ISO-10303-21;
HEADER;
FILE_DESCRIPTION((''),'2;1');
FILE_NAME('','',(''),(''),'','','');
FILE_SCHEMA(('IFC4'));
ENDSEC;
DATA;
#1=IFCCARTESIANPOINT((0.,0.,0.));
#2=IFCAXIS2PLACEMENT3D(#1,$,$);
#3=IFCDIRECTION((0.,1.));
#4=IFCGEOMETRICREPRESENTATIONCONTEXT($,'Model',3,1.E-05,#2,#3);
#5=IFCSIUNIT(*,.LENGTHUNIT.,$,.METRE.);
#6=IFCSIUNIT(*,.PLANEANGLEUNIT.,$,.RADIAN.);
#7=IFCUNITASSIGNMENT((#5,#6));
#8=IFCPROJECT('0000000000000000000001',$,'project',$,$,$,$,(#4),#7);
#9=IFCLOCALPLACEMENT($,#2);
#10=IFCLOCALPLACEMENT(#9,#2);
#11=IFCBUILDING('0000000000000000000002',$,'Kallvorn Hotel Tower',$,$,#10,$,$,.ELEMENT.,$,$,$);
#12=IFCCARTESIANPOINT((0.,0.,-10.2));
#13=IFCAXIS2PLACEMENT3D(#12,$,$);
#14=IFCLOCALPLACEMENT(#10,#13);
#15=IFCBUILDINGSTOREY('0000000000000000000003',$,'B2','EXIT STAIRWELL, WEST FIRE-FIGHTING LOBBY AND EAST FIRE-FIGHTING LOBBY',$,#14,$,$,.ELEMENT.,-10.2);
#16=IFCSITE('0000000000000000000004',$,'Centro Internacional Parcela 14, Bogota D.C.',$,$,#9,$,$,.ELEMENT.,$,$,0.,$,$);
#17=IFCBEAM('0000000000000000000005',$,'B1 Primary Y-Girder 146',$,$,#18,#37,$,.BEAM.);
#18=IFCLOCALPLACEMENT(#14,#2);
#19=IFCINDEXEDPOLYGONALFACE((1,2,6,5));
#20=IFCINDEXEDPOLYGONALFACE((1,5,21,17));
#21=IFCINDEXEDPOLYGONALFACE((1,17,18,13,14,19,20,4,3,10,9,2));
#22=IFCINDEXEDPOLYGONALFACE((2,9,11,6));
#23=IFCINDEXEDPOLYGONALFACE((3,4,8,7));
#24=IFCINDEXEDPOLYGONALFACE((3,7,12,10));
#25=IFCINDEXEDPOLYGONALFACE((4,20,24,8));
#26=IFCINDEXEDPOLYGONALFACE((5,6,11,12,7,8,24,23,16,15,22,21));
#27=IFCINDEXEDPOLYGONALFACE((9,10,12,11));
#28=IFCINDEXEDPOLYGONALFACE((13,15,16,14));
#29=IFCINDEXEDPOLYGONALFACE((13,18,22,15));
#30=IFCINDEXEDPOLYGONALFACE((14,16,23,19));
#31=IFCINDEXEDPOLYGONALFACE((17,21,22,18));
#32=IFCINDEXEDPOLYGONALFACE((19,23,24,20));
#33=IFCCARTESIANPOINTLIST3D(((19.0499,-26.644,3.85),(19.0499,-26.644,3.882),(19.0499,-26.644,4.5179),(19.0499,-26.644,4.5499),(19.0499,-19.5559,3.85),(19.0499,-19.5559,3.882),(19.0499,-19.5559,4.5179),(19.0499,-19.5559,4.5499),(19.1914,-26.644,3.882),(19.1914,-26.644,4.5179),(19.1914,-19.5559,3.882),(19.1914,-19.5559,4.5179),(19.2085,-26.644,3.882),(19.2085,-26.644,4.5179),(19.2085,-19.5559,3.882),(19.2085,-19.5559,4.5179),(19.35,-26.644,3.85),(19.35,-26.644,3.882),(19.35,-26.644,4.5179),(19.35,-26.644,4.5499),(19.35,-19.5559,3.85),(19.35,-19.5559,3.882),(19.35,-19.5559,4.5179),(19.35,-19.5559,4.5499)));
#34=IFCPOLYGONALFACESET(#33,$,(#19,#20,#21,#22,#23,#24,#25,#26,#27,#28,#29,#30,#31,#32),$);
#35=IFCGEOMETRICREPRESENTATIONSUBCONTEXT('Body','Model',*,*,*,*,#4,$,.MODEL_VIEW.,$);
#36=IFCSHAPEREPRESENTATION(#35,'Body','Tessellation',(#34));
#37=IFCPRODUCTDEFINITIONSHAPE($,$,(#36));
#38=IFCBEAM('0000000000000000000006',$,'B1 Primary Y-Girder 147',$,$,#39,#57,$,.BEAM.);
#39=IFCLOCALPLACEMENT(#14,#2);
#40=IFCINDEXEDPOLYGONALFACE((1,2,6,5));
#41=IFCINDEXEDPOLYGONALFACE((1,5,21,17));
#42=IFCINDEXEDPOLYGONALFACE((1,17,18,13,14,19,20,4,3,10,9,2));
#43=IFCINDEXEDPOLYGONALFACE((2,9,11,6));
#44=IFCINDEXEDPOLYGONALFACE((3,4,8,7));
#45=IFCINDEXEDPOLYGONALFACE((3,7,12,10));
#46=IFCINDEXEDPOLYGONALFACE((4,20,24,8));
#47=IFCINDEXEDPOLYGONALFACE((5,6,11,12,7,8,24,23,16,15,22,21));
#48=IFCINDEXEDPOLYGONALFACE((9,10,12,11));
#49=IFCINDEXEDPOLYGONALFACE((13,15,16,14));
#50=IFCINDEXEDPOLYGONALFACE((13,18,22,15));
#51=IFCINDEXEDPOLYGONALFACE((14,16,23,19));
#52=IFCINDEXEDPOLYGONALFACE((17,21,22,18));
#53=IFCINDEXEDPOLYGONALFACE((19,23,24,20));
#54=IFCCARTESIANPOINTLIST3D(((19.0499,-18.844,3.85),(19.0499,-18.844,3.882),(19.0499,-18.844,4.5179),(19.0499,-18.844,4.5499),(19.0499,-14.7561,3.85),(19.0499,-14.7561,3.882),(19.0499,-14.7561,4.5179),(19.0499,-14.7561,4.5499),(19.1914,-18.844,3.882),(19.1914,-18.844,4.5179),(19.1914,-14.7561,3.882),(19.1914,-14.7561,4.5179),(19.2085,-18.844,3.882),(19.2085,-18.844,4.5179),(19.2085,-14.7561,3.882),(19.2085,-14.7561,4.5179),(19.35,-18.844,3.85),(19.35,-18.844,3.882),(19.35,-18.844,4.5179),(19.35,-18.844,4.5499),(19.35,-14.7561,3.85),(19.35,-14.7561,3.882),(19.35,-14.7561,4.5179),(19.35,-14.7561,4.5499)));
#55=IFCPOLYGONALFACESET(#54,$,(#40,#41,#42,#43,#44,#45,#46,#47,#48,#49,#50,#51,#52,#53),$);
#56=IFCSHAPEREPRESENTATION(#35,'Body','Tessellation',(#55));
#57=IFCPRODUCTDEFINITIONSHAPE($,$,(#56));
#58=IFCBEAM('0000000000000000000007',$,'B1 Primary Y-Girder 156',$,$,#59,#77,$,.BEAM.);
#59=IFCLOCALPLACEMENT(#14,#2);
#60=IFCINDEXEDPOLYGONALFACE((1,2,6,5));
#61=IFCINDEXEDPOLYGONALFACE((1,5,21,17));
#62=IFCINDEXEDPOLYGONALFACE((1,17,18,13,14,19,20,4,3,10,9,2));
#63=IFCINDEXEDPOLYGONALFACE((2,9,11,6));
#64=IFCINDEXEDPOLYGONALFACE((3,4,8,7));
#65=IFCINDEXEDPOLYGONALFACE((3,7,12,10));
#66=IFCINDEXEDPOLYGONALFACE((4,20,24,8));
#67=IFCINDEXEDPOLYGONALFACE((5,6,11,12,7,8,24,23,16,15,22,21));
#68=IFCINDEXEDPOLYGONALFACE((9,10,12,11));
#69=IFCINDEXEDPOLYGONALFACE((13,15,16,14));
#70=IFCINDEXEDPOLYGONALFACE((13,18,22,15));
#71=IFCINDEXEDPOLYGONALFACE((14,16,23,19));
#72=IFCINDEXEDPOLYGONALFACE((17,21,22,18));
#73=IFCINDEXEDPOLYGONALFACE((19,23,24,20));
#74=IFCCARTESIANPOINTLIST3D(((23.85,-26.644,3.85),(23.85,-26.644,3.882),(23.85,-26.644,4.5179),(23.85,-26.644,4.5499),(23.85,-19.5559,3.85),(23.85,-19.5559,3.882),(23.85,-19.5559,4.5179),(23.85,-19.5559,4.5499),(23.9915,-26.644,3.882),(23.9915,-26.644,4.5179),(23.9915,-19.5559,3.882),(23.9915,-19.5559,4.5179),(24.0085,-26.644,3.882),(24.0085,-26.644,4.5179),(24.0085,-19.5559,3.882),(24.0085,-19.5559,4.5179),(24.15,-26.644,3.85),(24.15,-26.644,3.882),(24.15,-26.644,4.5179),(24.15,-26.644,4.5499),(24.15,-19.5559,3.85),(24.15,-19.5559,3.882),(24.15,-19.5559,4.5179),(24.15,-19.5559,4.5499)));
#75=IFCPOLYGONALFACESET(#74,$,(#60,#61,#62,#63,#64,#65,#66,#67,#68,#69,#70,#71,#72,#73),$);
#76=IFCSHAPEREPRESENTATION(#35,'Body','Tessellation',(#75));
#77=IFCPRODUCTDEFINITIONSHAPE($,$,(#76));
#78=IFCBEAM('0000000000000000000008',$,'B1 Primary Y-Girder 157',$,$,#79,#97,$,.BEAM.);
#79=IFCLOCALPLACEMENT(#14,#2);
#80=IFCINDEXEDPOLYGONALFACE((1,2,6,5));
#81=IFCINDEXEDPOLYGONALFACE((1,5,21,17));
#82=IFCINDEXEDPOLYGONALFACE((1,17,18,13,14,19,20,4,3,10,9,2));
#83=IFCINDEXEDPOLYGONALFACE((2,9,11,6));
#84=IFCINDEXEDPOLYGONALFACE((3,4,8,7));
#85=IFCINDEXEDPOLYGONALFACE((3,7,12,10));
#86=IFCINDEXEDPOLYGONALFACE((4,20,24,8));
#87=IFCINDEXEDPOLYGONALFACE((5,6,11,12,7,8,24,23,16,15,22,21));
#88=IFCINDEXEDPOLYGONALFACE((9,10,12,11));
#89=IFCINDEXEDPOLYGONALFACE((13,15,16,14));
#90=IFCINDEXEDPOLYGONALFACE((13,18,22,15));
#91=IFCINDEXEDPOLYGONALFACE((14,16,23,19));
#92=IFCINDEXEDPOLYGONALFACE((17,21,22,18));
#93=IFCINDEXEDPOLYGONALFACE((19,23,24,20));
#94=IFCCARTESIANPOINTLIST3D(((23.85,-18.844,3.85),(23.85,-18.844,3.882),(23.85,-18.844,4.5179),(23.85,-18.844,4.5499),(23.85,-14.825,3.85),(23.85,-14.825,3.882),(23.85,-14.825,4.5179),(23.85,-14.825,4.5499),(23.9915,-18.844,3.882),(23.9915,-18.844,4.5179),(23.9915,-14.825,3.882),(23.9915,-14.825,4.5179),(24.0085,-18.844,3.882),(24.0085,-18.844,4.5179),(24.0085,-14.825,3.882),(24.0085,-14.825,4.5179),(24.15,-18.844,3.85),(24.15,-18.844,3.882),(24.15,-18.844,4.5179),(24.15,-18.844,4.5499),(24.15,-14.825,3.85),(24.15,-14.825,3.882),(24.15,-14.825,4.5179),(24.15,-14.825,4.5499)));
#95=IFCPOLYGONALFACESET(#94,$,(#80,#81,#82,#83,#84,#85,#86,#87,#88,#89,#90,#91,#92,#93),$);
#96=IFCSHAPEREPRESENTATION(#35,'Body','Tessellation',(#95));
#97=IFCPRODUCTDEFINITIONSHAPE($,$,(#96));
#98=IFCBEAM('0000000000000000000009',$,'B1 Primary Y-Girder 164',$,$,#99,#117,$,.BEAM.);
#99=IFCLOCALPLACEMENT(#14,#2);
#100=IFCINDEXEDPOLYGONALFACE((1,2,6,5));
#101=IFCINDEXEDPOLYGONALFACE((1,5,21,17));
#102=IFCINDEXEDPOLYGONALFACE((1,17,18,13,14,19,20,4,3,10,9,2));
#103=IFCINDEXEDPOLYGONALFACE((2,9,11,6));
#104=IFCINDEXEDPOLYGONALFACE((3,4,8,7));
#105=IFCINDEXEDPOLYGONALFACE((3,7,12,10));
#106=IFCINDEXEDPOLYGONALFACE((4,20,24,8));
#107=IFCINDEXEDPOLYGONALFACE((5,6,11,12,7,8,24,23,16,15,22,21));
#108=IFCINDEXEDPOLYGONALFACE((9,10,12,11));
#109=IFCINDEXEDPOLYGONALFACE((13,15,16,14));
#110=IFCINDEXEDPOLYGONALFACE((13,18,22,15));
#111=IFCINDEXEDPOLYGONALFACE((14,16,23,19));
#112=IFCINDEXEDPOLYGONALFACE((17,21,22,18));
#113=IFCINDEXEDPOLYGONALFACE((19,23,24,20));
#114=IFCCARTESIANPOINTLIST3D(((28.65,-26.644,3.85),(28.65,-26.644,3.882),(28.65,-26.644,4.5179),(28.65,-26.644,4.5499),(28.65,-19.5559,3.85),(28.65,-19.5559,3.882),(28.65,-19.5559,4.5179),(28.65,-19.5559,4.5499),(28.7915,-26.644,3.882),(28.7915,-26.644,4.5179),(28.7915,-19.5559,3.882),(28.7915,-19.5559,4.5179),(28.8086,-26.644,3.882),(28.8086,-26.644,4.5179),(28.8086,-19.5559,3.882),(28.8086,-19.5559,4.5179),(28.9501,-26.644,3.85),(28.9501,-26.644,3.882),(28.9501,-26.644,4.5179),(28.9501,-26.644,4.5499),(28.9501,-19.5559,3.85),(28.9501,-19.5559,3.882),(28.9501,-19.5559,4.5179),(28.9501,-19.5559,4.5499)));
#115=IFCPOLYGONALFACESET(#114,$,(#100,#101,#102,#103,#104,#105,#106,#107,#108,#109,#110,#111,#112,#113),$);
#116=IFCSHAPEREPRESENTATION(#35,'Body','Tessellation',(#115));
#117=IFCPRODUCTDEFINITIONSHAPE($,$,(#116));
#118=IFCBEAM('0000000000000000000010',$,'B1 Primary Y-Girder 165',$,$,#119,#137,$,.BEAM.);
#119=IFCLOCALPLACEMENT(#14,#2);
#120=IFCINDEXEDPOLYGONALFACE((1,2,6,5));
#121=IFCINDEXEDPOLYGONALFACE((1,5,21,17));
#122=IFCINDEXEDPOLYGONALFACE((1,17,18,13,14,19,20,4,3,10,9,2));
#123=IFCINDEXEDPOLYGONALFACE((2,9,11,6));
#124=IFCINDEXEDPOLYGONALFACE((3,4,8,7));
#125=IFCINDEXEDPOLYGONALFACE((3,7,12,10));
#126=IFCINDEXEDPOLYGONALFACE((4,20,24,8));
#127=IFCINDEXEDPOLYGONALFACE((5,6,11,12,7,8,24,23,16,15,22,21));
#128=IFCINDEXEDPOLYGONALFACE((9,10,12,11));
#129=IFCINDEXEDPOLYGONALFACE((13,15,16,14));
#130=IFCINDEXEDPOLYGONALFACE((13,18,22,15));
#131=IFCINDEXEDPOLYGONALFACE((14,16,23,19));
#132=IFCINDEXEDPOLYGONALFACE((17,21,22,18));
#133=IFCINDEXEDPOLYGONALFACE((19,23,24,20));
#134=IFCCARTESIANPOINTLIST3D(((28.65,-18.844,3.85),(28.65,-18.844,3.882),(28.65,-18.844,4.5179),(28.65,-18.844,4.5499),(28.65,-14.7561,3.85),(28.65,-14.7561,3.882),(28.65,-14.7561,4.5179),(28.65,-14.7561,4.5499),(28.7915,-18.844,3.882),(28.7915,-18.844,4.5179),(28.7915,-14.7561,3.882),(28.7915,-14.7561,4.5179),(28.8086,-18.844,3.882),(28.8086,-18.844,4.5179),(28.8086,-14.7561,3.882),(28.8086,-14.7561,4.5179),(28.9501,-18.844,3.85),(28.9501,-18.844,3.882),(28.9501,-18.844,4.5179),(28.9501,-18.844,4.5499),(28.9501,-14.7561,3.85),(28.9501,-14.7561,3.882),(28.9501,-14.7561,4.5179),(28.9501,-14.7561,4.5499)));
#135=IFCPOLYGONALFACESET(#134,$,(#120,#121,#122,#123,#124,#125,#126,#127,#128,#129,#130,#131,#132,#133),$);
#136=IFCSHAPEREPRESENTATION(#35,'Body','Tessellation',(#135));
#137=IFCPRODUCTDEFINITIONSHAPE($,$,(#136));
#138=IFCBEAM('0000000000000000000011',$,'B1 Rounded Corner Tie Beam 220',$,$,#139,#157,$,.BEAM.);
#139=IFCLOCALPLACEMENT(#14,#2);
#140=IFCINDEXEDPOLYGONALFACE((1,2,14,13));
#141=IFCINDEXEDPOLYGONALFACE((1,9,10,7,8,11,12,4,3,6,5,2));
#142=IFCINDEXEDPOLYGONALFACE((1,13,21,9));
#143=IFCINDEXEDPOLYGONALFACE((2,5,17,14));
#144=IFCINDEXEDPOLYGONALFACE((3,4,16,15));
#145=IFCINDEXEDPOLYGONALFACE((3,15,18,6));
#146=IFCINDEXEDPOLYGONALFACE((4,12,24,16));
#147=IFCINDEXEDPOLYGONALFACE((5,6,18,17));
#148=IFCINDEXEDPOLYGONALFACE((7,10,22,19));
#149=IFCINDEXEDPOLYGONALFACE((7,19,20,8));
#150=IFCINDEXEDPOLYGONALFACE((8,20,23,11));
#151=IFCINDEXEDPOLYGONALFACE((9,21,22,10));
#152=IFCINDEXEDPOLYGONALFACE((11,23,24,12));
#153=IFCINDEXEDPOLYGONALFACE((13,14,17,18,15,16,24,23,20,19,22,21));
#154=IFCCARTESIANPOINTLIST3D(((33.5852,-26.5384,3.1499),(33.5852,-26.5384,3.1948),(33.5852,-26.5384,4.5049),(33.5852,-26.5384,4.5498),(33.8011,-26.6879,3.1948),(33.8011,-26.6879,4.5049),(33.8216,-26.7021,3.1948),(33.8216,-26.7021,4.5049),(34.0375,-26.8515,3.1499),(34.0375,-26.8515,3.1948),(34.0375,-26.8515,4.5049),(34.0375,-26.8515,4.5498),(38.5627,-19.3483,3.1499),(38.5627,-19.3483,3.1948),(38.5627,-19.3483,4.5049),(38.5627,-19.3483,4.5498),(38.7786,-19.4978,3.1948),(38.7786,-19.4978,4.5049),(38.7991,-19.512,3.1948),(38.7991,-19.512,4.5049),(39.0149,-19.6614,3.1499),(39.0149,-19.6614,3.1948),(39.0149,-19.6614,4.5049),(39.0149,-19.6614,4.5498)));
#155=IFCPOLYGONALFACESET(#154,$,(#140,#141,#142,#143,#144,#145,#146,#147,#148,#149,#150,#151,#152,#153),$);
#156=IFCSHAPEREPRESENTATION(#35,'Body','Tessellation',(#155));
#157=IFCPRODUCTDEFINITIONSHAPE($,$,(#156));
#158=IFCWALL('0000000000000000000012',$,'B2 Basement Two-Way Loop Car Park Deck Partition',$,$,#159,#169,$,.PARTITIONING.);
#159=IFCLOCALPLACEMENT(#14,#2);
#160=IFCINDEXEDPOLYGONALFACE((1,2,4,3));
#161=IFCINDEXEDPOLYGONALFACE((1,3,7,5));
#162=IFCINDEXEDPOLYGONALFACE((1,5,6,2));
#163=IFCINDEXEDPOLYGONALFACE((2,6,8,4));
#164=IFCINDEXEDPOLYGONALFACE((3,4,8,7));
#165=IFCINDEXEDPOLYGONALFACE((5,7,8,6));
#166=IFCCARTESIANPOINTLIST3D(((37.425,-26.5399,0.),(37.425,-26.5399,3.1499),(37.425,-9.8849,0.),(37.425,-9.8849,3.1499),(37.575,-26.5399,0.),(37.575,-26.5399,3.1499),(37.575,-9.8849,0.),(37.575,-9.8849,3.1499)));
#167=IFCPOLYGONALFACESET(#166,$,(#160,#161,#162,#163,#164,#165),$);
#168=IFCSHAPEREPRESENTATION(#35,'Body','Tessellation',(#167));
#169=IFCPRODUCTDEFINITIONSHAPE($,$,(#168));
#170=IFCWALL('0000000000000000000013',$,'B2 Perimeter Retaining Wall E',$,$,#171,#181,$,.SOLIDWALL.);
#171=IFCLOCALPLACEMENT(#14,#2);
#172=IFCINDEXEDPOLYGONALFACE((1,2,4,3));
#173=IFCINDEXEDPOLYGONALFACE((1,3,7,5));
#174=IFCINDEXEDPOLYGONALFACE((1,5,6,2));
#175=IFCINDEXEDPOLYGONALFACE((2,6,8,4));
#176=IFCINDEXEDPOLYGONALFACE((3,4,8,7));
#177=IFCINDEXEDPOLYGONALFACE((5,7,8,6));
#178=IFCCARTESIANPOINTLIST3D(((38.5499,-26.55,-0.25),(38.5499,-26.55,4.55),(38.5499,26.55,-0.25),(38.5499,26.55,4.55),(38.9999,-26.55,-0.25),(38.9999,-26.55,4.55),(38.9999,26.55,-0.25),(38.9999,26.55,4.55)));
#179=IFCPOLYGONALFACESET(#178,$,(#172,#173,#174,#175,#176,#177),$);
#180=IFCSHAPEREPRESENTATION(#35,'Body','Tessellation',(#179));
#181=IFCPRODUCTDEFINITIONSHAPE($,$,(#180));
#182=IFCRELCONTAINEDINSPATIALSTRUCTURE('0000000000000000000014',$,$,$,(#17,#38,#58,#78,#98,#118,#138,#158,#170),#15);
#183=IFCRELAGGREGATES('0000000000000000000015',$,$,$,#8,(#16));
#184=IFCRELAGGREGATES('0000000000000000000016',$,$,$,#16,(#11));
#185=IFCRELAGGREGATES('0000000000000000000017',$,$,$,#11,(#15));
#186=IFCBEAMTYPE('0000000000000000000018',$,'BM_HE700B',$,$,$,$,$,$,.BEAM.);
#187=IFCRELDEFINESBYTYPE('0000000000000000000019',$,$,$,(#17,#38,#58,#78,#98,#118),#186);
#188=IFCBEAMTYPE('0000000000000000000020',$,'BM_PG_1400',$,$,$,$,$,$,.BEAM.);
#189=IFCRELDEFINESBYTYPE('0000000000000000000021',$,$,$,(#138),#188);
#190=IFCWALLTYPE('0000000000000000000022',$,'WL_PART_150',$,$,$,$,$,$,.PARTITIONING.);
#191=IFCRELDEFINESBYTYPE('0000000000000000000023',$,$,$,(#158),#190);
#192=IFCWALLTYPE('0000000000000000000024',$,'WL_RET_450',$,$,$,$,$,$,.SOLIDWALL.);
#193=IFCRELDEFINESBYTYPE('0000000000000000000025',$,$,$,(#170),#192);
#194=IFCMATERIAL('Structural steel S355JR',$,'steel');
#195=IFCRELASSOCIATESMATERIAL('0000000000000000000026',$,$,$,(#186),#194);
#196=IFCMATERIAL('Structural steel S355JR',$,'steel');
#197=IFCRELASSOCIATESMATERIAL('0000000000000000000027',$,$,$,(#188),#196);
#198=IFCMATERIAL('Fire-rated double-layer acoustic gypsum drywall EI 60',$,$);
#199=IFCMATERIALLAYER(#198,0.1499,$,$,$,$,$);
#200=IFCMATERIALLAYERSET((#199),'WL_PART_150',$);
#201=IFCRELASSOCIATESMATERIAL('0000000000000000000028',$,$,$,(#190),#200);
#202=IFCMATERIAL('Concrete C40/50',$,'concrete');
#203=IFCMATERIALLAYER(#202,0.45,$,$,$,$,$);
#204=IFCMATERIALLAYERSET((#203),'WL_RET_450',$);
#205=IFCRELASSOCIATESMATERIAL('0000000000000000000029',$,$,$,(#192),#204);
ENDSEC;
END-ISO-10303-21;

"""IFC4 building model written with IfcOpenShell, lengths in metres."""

from ifc_helpers import new_model, si_unit, direction, frame, frame_2d, origin, origin_2d, place, context, subcontext, project, spatial, rectangle, i_section, extrude, material, layer, layer_set, material_profile, profile_set, type_object, element, save


model = new_model("IFC4")

# Units and contexts
model_context = context("Model", 3, precision=1e-05, world=origin(), true_north=direction((0.0, 1.0)))
body_context = subcontext(model_context, "Body", "Model", "MODEL_VIEW")
ifc_project = project(units=[si_unit("LENGTHUNIT", "METRE"), si_unit("PLANEANGLEUNIT", "RADIAN")], contexts=[model_context])

# Site, building, storey
site_placement = place(None, origin())
site = spatial("IfcSite", under=ifc_project, at=site_placement, Name="Centro Internacional Parcela 14, Bogota D.C.", CompositionType="ELEMENT", RefElevation=0.0)
building_placement = place(site_placement, origin())
building = spatial("IfcBuilding", under=site, at=building_placement, Name="Kallvorn Hotel Tower", CompositionType="ELEMENT")
storey_placement = place(building_placement, frame((0.0, 0.0, -10.2)))
storey = spatial("IfcBuildingStorey", under=building, at=storey_placement, Name="B2", Description="EXIT STAIRWELL, WEST FIRE-FIGHTING LOBBY AND EAST FIRE-FIGHTING LOBBY", CompositionType="ELEMENT", Elevation=-10.2)

# Beams
ifc_material_1 = material(Name="Structural steel S355JR", Category="steel")
ifc_material_profile_1 = material_profile(ifc_material_1, i_section(OverallWidth=0.3, OverallDepth=0.7, WebThickness=0.0171, FlangeThickness=0.032, at=origin_2d()), Name="HE 700 B")
ifc_profile_set_1 = profile_set([ifc_material_profile_1], Name="Structural steel S355JR")
beam_type_1 = type_object("IfcBeamType", Name="BM_HE700B", PredefinedType="BEAM", material=ifc_profile_set_1)
beam_1_placement = place(storey_placement, frame((19.2, -26.644, 4.2), z_axis=(0.0, 1.0, 0.0), x_axis=(-1.0, 0.0, 0.0)))
element("IfcBeam", 1, at=beam_1_placement, inside=storey, type_object=beam_type_1, Name="B1 Primary Y-Girder 146", PredefinedType="BEAM", context=body_context, shape_type="SweptSolid", body=[
    extrude(i_section(OverallWidth=0.3, OverallDepth=0.7, WebThickness=0.0171, FlangeThickness=0.032, at=origin_2d()), origin(), (0.0, 0.0, 1.0), 7.0881),
])
beam_2_placement = place(storey_placement, frame((19.2, -18.844, 4.2), z_axis=(0.0, 1.0, 0.0), x_axis=(-1.0, 0.0, 0.0)))
element("IfcBeam", 2, at=beam_2_placement, inside=storey, type_object=beam_type_1, Name="B1 Primary Y-Girder 147", PredefinedType="BEAM", context=body_context, shape_type="SweptSolid", body=[
    extrude(i_section(OverallWidth=0.3, OverallDepth=0.7, WebThickness=0.0171, FlangeThickness=0.032, at=origin_2d()), origin(), (0.0, 0.0, 1.0), 4.0879),
])
beam_3_placement = place(storey_placement, frame((24.0, -26.644, 4.2), z_axis=(0.0, 1.0, 0.0), x_axis=(-1.0, 0.0, 0.0)))
element("IfcBeam", 3, at=beam_3_placement, inside=storey, type_object=beam_type_1, Name="B1 Primary Y-Girder 156", PredefinedType="BEAM", context=body_context, shape_type="SweptSolid", body=[
    extrude(i_section(OverallWidth=0.3, OverallDepth=0.7, WebThickness=0.0171, FlangeThickness=0.032, at=origin_2d()), origin(), (0.0, 0.0, 1.0), 7.0881),
])
beam_4_placement = place(storey_placement, frame((24.0, -18.844, 4.2), z_axis=(0.0, 1.0, 0.0), x_axis=(-1.0, 0.0, 0.0)))
element("IfcBeam", 4, at=beam_4_placement, inside=storey, type_object=beam_type_1, Name="B1 Primary Y-Girder 157", PredefinedType="BEAM", context=body_context, shape_type="SweptSolid", body=[
    extrude(i_section(OverallWidth=0.3, OverallDepth=0.7, WebThickness=0.0171, FlangeThickness=0.032, at=origin_2d()), origin(), (0.0, 0.0, 1.0), 4.019),
])
beam_5_placement = place(storey_placement, frame((28.8, -26.644, 4.2), z_axis=(0.0, 1.0, 0.0), x_axis=(-1.0, 0.0, 0.0)))
element("IfcBeam", 5, at=beam_5_placement, inside=storey, type_object=beam_type_1, Name="B1 Primary Y-Girder 164", PredefinedType="BEAM", context=body_context, shape_type="SweptSolid", body=[
    extrude(i_section(OverallWidth=0.3, OverallDepth=0.7, WebThickness=0.0171, FlangeThickness=0.032, at=origin_2d()), origin(), (0.0, 0.0, 1.0), 7.0881),
])
beam_6_placement = place(storey_placement, frame((28.8, -18.844, 4.2), z_axis=(0.0, 1.0, 0.0), x_axis=(-1.0, 0.0, 0.0)))
element("IfcBeam", 6, at=beam_6_placement, inside=storey, type_object=beam_type_1, Name="B1 Primary Y-Girder 165", PredefinedType="BEAM", context=body_context, shape_type="SweptSolid", body=[
    extrude(i_section(OverallWidth=0.3, OverallDepth=0.7, WebThickness=0.0171, FlangeThickness=0.032, at=origin_2d()), origin(), (0.0, 0.0, 1.0), 4.0879),
])
ifc_material_2 = material(Name="Structural steel S355JR", Category="steel")
ifc_material_profile_2 = material_profile(ifc_material_2, i_section(OverallWidth=0.55, OverallDepth=1.3999, WebThickness=0.0249, FlangeThickness=0.0449, at=origin_2d()), Name="PG 1400x550x25x45")
ifc_profile_set_2 = profile_set([ifc_material_profile_2], Name="Structural steel S355JR")
beam_type_2 = type_object("IfcBeamType", Name="BM_PG_1400", PredefinedType="BEAM", material=ifc_profile_set_2)
beam_7_placement = place(storey_placement, frame((38.7888, -19.5049, 3.8499), z_axis=(-0.569188, -0.822207, 0.0), x_axis=(0.822207, -0.569188, 0.0)))
element("IfcBeam", 7, at=beam_7_placement, inside=storey, type_object=beam_type_2, Name="B1 Rounded Corner Tie Beam 220", PredefinedType="BEAM", context=body_context, shape_type="SweptSolid", body=[
    extrude(i_section(OverallWidth=0.55, OverallDepth=1.3999, WebThickness=0.0249, FlangeThickness=0.0449, at=origin_2d()), origin(), (0.0, 0.0, 1.0), 8.7449),
])

# Walls
ifc_material_3 = material(Name="Fire-rated double-layer acoustic gypsum drywall EI 60")
ifc_layer_1 = layer(ifc_material_3, 0.1499)
ifc_layer_set_1 = layer_set([ifc_layer_1], Name="WL_PART_150")
wall_type_1 = type_object("IfcWallType", Name="WL_PART_150", PredefinedType="PARTITIONING", material=ifc_layer_set_1)
wall_1_placement = place(storey_placement, frame((37.5, -26.54, 0.0), z_axis=(0.0, 0.0, 1.0), x_axis=(0.0, 1.0, 0.0)))
element("IfcWall", 8, at=wall_1_placement, inside=storey, type_object=wall_type_1, Name="B2 Basement Two-Way Loop Car Park Deck Partition", PredefinedType="PARTITIONING", context=body_context, shape_type="SweptSolid", body=[
    extrude(rectangle(XDim=16.655, YDim=0.1499, at=frame_2d((8.3276, 0.0))), origin(), (0.0, 0.0, 1.0), 3.1499),
])
ifc_material_4 = material(Name="Concrete C40/50", Category="concrete")
ifc_layer_2 = layer(ifc_material_4, 0.45)
ifc_layer_set_2 = layer_set([ifc_layer_2], Name="WL_RET_450")
wall_type_2 = type_object("IfcWallType", Name="WL_RET_450", PredefinedType="SOLIDWALL", material=ifc_layer_set_2)
wall_2_placement = place(storey_placement, frame((38.7749, -26.55, -0.25), z_axis=(0.0, 0.0, 1.0), x_axis=(0.0, 1.0, 0.0)))
element("IfcWall", 9, at=wall_2_placement, inside=storey, type_object=wall_type_2, Name="B2 Perimeter Retaining Wall E", PredefinedType="SOLIDWALL", context=body_context, shape_type="SweptSolid", body=[
    extrude(rectangle(XDim=53.1001, YDim=0.45, at=frame_2d((26.55, 0.0))), origin(), (0.0, 0.0, 1.0), 4.8),
])

save(model, "model.ifc")
